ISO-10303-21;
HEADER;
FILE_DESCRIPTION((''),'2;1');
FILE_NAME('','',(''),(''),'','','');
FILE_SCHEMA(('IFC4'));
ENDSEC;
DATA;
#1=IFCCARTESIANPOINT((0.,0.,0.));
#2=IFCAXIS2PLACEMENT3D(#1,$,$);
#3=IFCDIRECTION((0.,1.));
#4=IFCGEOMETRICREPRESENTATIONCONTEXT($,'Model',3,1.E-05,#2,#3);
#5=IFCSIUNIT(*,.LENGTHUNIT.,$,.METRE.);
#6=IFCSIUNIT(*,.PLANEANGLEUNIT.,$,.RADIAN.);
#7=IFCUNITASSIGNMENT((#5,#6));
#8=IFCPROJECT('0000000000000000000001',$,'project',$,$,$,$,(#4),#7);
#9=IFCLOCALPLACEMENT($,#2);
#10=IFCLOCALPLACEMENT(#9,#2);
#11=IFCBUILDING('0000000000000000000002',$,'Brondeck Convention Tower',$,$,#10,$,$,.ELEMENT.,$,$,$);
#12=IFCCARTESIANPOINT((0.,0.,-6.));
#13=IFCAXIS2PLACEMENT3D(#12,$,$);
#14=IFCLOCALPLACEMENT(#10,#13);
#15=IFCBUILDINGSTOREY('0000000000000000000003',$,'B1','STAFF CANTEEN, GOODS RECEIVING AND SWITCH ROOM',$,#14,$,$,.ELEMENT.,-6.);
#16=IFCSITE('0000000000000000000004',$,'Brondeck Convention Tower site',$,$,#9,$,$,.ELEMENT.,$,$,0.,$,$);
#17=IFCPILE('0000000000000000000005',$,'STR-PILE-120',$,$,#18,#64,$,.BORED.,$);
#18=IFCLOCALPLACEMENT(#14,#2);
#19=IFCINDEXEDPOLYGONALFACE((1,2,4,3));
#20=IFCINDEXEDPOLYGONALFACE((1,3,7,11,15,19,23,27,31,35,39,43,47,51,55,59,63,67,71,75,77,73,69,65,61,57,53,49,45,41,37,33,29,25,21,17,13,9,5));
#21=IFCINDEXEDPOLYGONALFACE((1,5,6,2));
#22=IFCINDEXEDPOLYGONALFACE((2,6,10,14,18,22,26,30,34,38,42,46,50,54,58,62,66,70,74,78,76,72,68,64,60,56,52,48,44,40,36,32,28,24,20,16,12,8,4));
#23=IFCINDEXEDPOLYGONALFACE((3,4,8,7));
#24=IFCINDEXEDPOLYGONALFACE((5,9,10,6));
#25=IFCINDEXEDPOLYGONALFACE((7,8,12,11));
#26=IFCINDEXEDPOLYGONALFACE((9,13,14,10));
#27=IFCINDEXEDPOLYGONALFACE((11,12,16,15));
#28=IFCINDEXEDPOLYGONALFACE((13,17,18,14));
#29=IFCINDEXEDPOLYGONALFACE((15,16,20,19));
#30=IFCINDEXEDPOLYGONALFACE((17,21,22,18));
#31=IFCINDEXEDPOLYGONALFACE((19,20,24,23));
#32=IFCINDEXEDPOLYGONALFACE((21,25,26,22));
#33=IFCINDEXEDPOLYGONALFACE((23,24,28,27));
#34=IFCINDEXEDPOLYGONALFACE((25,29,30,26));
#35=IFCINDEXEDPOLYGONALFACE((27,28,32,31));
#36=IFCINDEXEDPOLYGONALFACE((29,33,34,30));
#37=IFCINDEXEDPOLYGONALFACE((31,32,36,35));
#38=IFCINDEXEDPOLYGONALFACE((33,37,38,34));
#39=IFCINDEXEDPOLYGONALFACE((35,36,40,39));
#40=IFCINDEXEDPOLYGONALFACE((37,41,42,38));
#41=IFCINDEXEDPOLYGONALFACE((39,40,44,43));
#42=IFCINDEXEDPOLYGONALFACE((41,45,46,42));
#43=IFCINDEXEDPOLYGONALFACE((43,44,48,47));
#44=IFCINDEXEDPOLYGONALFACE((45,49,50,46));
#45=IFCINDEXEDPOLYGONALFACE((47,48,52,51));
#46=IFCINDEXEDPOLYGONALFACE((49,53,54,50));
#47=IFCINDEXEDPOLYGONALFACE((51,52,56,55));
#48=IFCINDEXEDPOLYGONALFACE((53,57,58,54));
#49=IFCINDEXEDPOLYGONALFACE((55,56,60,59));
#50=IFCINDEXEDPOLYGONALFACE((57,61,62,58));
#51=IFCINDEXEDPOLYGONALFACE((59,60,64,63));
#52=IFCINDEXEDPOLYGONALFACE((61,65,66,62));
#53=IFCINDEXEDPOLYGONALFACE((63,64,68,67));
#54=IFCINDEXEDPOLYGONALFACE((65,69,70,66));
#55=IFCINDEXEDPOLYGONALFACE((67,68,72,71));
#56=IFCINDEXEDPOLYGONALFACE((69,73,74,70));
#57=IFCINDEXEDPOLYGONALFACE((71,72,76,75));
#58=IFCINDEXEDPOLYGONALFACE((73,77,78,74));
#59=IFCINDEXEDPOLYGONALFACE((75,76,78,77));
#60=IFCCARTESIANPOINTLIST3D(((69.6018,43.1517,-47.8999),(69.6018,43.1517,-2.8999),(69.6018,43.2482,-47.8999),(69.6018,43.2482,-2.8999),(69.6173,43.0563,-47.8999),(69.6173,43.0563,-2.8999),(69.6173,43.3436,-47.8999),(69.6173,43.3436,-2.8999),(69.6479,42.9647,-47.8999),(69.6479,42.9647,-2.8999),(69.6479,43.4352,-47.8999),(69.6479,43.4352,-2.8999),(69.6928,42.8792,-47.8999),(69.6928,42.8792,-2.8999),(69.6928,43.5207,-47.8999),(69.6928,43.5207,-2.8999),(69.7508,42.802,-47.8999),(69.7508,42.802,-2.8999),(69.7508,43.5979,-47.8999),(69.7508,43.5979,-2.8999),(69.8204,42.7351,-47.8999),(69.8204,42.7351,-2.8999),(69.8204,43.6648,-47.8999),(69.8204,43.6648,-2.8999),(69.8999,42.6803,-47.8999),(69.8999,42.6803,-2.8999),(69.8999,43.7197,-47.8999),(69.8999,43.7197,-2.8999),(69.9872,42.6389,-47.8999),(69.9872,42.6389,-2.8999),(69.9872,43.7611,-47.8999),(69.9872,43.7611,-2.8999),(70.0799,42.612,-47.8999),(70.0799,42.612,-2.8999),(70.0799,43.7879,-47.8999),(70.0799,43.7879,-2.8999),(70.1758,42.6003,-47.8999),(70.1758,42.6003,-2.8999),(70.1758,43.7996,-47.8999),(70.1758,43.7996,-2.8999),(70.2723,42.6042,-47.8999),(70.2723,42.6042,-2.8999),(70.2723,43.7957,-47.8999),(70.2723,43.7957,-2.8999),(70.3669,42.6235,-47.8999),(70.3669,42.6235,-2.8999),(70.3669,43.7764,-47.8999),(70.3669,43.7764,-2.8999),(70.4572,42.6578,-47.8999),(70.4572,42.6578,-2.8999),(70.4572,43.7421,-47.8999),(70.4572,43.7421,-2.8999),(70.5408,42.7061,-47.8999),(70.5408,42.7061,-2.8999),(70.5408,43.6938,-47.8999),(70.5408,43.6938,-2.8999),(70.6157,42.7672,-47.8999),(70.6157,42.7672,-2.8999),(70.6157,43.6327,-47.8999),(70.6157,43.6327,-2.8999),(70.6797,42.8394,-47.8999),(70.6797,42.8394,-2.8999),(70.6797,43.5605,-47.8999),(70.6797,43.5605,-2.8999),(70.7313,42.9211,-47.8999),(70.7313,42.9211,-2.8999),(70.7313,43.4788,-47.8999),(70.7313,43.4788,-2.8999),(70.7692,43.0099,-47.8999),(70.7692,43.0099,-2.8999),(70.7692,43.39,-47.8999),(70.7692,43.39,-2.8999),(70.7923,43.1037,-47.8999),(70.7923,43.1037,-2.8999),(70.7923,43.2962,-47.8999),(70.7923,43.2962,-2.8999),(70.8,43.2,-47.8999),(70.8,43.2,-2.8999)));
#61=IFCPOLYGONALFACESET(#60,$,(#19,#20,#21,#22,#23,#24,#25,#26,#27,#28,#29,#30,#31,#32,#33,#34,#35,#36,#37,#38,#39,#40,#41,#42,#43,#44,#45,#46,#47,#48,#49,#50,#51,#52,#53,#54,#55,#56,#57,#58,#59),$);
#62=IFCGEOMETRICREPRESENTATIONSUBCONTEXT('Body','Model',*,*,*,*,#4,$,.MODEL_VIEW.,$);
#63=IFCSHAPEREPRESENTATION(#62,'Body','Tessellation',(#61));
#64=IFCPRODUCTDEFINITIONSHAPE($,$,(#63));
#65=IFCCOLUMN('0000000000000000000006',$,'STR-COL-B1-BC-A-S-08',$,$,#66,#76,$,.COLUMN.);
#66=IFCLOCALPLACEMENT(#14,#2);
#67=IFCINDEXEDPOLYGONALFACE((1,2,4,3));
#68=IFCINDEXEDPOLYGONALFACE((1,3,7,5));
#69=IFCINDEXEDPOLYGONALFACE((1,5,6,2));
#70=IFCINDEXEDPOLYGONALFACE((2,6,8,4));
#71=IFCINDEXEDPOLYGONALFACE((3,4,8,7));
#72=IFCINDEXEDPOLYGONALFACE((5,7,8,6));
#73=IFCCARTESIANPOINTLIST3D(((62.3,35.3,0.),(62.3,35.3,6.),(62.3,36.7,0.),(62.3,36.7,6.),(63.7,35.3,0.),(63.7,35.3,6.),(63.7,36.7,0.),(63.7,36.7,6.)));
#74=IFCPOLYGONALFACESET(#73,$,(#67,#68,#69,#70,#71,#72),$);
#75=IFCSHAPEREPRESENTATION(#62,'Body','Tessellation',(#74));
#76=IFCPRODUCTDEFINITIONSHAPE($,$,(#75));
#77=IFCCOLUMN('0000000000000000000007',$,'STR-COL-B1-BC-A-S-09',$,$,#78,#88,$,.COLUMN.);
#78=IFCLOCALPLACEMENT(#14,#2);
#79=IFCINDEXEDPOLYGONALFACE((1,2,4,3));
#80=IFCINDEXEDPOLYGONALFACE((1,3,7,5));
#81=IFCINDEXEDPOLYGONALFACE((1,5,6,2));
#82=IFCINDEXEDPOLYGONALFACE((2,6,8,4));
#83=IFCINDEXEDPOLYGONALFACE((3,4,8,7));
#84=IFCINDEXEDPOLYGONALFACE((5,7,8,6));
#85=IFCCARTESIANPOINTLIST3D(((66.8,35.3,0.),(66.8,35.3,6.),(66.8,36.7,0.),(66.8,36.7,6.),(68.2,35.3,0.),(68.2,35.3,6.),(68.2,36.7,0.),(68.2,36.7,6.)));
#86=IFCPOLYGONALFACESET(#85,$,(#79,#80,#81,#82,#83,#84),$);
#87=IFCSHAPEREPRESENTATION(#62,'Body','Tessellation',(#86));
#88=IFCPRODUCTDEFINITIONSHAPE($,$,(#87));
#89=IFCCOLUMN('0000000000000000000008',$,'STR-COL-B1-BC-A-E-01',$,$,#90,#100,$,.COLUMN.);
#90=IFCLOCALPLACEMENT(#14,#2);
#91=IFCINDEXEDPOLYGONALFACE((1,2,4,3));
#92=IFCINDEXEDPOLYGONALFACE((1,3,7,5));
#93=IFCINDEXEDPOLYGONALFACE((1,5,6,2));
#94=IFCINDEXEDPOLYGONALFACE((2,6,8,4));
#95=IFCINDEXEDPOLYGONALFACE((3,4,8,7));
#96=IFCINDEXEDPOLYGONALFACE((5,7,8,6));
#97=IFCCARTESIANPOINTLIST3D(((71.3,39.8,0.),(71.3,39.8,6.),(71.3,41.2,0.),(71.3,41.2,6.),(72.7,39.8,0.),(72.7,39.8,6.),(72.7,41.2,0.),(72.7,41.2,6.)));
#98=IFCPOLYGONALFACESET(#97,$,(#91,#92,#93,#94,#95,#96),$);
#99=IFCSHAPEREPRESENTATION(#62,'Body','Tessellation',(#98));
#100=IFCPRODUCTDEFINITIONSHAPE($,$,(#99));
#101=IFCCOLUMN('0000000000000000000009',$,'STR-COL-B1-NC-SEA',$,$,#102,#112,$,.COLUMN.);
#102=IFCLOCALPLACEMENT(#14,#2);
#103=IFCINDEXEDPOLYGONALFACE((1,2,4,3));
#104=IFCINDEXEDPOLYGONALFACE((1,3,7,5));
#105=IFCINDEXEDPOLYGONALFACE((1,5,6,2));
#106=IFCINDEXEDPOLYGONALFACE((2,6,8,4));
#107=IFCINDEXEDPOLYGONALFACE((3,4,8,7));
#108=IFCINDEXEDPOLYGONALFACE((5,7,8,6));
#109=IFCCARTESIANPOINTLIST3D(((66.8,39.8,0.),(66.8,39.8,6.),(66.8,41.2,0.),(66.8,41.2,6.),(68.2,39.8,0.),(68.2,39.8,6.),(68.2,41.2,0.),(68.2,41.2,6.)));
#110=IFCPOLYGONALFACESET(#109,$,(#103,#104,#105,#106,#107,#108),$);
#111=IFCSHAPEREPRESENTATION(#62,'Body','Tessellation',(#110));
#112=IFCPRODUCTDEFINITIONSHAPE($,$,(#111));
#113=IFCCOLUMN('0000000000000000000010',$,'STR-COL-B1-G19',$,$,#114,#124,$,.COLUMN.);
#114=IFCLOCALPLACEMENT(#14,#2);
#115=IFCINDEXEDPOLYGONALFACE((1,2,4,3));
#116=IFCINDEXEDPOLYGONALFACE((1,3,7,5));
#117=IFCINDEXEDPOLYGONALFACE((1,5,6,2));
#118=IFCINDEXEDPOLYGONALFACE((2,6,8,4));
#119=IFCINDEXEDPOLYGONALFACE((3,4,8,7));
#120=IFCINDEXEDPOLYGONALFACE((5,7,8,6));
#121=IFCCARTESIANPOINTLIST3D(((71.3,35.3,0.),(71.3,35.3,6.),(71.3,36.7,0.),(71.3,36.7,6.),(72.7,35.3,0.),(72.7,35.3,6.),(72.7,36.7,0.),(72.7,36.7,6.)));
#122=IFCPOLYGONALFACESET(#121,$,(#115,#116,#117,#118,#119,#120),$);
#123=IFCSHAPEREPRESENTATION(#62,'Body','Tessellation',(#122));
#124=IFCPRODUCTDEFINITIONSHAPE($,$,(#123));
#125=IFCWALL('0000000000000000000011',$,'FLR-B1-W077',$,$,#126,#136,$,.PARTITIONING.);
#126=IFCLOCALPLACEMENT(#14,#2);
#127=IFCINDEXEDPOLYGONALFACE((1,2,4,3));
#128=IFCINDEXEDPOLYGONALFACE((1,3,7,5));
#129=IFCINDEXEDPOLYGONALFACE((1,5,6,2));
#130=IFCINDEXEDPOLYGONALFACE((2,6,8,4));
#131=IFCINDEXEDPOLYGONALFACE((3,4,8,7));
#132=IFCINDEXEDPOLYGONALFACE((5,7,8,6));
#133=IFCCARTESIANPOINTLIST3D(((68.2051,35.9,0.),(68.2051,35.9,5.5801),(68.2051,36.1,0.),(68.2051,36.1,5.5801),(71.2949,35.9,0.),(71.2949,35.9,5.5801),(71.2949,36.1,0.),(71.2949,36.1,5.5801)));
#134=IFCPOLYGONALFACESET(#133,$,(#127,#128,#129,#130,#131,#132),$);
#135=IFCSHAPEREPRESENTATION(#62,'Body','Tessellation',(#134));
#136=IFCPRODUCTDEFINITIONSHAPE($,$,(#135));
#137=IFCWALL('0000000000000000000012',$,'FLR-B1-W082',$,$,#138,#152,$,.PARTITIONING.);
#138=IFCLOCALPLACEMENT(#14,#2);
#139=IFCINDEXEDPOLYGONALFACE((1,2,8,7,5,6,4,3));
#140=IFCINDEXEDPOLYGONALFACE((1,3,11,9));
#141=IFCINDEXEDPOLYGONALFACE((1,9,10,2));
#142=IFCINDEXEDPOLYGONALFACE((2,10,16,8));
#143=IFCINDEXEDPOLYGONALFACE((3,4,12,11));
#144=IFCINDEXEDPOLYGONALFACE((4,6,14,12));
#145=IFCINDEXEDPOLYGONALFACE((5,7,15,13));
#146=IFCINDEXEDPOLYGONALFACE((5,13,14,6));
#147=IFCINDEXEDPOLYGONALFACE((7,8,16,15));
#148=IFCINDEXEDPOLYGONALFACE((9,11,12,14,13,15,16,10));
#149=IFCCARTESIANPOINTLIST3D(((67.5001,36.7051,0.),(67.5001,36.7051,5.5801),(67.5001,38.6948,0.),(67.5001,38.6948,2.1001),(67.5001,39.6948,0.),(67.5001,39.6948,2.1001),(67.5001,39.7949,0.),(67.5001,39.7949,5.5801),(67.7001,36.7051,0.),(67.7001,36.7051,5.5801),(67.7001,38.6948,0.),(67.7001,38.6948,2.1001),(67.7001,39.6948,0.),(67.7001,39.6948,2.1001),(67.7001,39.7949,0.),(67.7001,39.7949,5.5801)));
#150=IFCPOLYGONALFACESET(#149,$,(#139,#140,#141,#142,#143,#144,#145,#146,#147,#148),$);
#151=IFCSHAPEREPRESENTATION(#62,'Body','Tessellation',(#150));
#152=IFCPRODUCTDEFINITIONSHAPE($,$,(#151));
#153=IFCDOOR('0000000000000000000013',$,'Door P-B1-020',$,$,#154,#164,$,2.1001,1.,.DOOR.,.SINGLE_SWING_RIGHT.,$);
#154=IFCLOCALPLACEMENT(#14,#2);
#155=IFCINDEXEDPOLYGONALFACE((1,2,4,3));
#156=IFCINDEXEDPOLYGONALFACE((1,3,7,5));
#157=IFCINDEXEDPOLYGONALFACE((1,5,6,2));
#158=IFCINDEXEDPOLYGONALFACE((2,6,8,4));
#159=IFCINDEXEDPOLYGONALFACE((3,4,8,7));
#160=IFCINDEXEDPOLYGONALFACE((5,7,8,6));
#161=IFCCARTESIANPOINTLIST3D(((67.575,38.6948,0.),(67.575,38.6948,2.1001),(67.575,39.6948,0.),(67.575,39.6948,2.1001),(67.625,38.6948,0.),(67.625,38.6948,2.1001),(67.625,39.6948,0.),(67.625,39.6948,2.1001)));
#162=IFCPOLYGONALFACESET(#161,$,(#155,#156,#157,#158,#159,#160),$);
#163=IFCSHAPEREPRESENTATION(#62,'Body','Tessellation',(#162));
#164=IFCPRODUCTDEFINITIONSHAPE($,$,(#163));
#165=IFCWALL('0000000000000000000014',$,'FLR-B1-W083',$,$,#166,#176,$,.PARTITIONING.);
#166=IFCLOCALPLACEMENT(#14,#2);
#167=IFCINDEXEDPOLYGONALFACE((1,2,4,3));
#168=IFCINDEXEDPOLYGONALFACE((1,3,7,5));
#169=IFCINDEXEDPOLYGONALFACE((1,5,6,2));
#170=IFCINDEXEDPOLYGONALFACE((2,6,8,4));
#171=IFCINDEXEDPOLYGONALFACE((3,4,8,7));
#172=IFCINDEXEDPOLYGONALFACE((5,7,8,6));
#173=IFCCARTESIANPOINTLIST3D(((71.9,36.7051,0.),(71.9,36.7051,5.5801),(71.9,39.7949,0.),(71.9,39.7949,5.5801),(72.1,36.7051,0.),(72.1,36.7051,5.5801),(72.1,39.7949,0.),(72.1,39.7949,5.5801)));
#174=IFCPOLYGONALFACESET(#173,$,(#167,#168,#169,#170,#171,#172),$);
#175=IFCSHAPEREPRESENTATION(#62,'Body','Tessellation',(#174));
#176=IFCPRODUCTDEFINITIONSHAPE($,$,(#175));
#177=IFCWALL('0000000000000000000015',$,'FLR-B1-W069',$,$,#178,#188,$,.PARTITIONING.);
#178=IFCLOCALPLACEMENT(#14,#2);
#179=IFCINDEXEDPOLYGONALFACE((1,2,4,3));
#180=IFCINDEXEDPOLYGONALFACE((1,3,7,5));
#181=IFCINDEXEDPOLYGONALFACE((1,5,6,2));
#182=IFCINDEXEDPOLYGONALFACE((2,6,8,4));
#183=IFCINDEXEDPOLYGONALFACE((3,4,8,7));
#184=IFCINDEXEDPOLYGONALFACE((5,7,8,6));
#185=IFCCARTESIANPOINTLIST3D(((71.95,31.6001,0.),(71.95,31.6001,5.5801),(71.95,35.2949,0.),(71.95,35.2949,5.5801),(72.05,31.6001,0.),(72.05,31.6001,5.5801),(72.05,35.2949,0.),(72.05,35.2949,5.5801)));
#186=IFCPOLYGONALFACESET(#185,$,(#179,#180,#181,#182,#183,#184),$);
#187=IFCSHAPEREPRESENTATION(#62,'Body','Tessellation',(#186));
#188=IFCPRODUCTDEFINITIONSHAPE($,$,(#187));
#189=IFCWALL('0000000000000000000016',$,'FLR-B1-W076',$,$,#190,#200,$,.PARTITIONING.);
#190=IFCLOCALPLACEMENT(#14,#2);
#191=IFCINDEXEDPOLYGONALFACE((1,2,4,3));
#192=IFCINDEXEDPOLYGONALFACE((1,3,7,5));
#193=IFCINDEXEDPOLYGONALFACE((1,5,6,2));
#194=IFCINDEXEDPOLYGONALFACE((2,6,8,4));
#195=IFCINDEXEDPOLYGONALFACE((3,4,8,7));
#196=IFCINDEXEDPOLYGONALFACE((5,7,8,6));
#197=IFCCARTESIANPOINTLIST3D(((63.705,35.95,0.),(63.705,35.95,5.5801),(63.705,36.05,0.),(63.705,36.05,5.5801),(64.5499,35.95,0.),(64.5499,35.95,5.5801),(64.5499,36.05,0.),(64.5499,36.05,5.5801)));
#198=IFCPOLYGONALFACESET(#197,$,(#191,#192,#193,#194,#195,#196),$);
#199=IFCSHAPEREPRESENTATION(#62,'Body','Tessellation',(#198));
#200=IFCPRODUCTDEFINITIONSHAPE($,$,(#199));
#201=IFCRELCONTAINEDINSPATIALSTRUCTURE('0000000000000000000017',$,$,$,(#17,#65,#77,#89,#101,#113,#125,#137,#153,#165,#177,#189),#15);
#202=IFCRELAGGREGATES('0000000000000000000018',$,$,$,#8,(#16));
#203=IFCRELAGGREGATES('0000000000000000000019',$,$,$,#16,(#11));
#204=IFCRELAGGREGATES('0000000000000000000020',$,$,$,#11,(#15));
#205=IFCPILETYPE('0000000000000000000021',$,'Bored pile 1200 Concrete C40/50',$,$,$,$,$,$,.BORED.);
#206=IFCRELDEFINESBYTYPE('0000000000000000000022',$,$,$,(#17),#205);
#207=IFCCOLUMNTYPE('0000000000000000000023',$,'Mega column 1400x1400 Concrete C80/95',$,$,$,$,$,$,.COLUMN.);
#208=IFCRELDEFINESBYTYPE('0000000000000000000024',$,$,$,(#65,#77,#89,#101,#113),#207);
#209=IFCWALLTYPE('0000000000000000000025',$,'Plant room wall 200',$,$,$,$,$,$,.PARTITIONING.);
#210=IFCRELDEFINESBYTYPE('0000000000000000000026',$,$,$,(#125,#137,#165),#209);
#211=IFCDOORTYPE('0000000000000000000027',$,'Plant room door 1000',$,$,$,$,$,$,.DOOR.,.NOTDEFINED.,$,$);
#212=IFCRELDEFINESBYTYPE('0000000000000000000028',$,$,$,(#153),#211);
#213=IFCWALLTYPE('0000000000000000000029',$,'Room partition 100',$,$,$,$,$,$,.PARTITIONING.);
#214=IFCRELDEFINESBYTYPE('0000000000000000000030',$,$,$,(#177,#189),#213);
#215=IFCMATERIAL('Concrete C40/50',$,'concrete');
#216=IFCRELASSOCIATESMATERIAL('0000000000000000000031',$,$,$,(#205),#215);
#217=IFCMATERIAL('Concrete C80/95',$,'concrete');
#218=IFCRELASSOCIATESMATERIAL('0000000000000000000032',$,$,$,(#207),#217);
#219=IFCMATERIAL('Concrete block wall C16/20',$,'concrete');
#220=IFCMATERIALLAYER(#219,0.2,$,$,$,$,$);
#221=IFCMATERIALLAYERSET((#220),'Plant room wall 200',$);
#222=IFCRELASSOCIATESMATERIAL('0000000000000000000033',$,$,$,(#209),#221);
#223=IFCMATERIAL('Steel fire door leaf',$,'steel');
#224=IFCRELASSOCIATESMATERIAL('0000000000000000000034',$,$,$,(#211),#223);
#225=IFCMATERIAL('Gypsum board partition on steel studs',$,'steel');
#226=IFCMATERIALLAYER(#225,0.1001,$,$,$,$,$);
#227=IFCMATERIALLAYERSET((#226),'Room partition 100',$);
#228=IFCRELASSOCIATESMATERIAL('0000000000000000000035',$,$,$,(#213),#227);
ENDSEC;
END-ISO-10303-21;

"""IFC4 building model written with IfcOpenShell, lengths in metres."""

from ifc_helpers import new_model, si_unit, direction, frame, frame_2d, origin, origin_2d, place, context, subcontext, project, spatial, rectangle, circle, extrude, material, layer, layer_set, material_profile, profile_set, type_object, element, fill, save


model = new_model("IFC4")

# Units and contexts
model_context = context("Model", 3, precision=1e-05, world=origin(), true_north=direction((0.0, 1.0)))
body_context = subcontext(model_context, "Body", "Model", "MODEL_VIEW")
ifc_project = project(units=[si_unit("LENGTHUNIT", "METRE"), si_unit("PLANEANGLEUNIT", "RADIAN")], contexts=[model_context])

# Site, building, storey
site_placement = place(None, origin())
site = spatial("IfcSite", under=ifc_project, at=site_placement, Name="Brondeck Convention Tower site", CompositionType="ELEMENT", RefElevation=0.0)
building_placement = place(site_placement, origin())
building = spatial("IfcBuilding", under=site, at=building_placement, Name="Brondeck Convention Tower", CompositionType="ELEMENT")
storey_placement = place(building_placement, frame((0.0, 0.0, -6.0)))
storey = spatial("IfcBuildingStorey", under=building, at=storey_placement, Name="B1", Description="STAFF CANTEEN, GOODS RECEIVING AND SWITCH ROOM", CompositionType="ELEMENT", Elevation=-6.0)

# Pile
ifc_material_1 = material(Name="Concrete C40/50", Category="concrete")
ifc_material_profile_1 = material_profile(ifc_material_1, circle(Radius=0.6001, at=origin_2d()), Name="Bored pile 1200 Concrete C40/50")
ifc_profile_set_1 = profile_set([ifc_material_profile_1], Name="Concrete C40/50")
pile_type = type_object("IfcPileType", Name="Bored pile 1200 Concrete C40/50", PredefinedType="BORED", material=ifc_profile_set_1)
for number, where, z_axis, x_axis, name in (
    (1, (70.2, 43.2, -2.8999), (0.0, 0.0, -1.0), (1.0, 0.0, 0.0), "STR-PILE-120"),
):
    element("IfcPile", number, at=place(storey_placement, frame(where, z_axis=z_axis, x_axis=x_axis)), inside=storey, type_object=pile_type, Name=name, PredefinedType="BORED", context=body_context, shape_type="SweptSolid", body=[
        extrude(circle(Radius=0.6001, at=origin_2d()), origin(), (0.0, 0.0, 1.0), 45.0),
    ])

# Columns
ifc_material_2 = material(Name="Concrete C80/95", Category="concrete")
ifc_material_profile_2 = material_profile(ifc_material_2, rectangle(XDim=1.3999, YDim=1.3999, at=origin_2d()), Name="Mega column 1400x1400 Concrete C80/95")
ifc_profile_set_2 = profile_set([ifc_material_profile_2], Name="Concrete C80/95")
column_type = type_object("IfcColumnType", Name="Mega column 1400x1400 Concrete C80/95", PredefinedType="COLUMN", material=ifc_profile_set_2)
for number, where, z_axis, x_axis, name in (
    (2, (63.0, 36.0, 0.0), (0.0, 0.0, 1.0), (1.0, 0.0, 0.0), "STR-COL-B1-BC-A-S-08"),
    (3, (67.5, 36.0, 0.0), (0.0, 0.0, 1.0), (1.0, 0.0, 0.0), "STR-COL-B1-BC-A-S-09"),
    (4, (72.0, 40.5, 0.0), (0.0, 0.0, 1.0), (1.0, 0.0, 0.0), "STR-COL-B1-BC-A-E-01"),
    (5, (67.5, 40.5, 0.0), (0.0, 0.0, 1.0), (1.0, 0.0, 0.0), "STR-COL-B1-NC-SEA"),
    (6, (72.0, 36.0, 0.0), (0.0, 0.0, 1.0), (1.0, 0.0, 0.0), "STR-COL-B1-G19"),
):
    element("IfcColumn", number, at=place(storey_placement, frame(where, z_axis=z_axis, x_axis=x_axis)), inside=storey, type_object=column_type, Name=name, PredefinedType="COLUMN", context=body_context, shape_type="SweptSolid", body=[
        extrude(rectangle(XDim=1.3999, YDim=1.3999, at=origin_2d()), origin(), (0.0, 0.0, 1.0), 6.0),
    ])

# Wall
ifc_material_3 = material(Name="Concrete block wall C16/20", Category="concrete")
ifc_layer_1 = layer(ifc_material_3, 0.2)
ifc_layer_set_1 = layer_set([ifc_layer_1], Name="Plant room wall 200")
wall_type_1 = type_object("IfcWallType", Name="Plant room wall 200", PredefinedType="PARTITIONING", material=ifc_layer_set_1)
wall_1_placement = place(storey_placement, frame((68.2051, 36.0, 0.0), z_axis=(0.0, 0.0, 1.0), x_axis=(1.0, 0.0, 0.0)))
element("IfcWall", 7, at=wall_1_placement, inside=storey, type_object=wall_type_1, Name="FLR-B1-W077", PredefinedType="PARTITIONING", context=body_context, shape_type="SweptSolid", body=[
    extrude(rectangle(XDim=3.0898, YDim=0.2, at=frame_2d((1.5449, 0.0))), origin(), (0.0, 0.0, 1.0), 5.5801),
])

# Wall, opening, door
wall_2_placement = place(storey_placement, frame((67.6001, 39.7949, 0.0), z_axis=(0.0, 0.0, 1.0), x_axis=(0.0, -1.0, 0.0)))
wall_2 = element("IfcWall", 8, at=wall_2_placement, inside=storey, type_object=wall_type_1, Name="FLR-B1-W082", PredefinedType="PARTITIONING", context=body_context, shape_type="SweptSolid", body=[
    extrude(rectangle(XDim=3.0898, YDim=0.2, at=frame_2d((1.5449, 0.0))), origin(), (0.0, 0.0, 1.0), 5.5801),
])
opening_placement = place(wall_2_placement, frame((0.1001, 0.0, 0.0)))
opening = element("IfcOpeningElement", 9, at=opening_placement, cuts=wall_2, PredefinedType="OPENING", context=body_context, shape_type="SweptSolid", body=[
    extrude(rectangle(XDim=1.0, YDim=2.1001, at=frame_2d((0.5, 1.05))), frame((0.0, 0.1099, 0.0), z_axis=(0.0, -1.0, 0.0), x_axis=(1.0, 0.0, 0.0)), (0.0, 0.0, 1.0), 0.22),
])
ifc_material_4 = material(Name="Steel fire door leaf", Category="steel")
door_type = type_object("IfcDoorType", Name="Plant room door 1000", OperationType="NOTDEFINED", PredefinedType="DOOR", material=ifc_material_4)
door_placement = place(opening_placement, origin())
door = element("IfcDoor", 10, at=door_placement, inside=storey, type_object=door_type, Name="Door P-B1-020", OperationType="SINGLE_SWING_RIGHT", OverallHeight=2.1001, OverallWidth=1.0, PredefinedType="DOOR", context=body_context, shape_type="SweptSolid", body=[
    extrude(rectangle(XDim=1.0, YDim=2.1001, at=frame_2d((0.5, 1.05))), frame((0.0, 0.0249, 0.0), z_axis=(0.0, -1.0, 0.0), x_axis=(1.0, 0.0, 0.0)), (0.0, 0.0, 1.0), 0.05),
])
fill(opening, door)

# Walls
wall_3_placement = place(storey_placement, frame((72.0, 39.7949, 0.0), z_axis=(0.0, 0.0, 1.0), x_axis=(0.0, -1.0, 0.0)))
element("IfcWall", 11, at=wall_3_placement, inside=storey, type_object=wall_type_1, Name="FLR-B1-W083", PredefinedType="PARTITIONING", context=body_context, shape_type="SweptSolid", body=[
    extrude(rectangle(XDim=3.0898, YDim=0.2, at=frame_2d((1.5449, 0.0))), origin(), (0.0, 0.0, 1.0), 5.5801),
])
ifc_material_5 = material(Name="Gypsum board partition on steel studs", Category="steel")
ifc_layer_2 = layer(ifc_material_5, 0.1001)
ifc_layer_set_2 = layer_set([ifc_layer_2], Name="Room partition 100")
wall_type_2 = type_object("IfcWallType", Name="Room partition 100", PredefinedType="PARTITIONING", material=ifc_layer_set_2)
wall_4_placement = place(storey_placement, frame((72.0, 35.2949, 0.0), z_axis=(0.0, 0.0, 1.0), x_axis=(0.0, -1.0, 0.0)))
element("IfcWall", 12, at=wall_4_placement, inside=storey, type_object=wall_type_2, Name="FLR-B1-W069", PredefinedType="PARTITIONING", context=body_context, shape_type="SweptSolid", body=[
    extrude(rectangle(XDim=3.6948, YDim=0.1001, at=frame_2d((1.8474, 0.0))), origin(), (0.0, 0.0, 1.0), 5.5801),
])
wall_5_placement = place(storey_placement, frame((63.7051, 36.0, 0.0), z_axis=(0.0, 0.0, 1.0), x_axis=(1.0, 0.0, 0.0)))
element("IfcWall", 13, at=wall_5_placement, inside=storey, type_object=wall_type_2, Name="FLR-B1-W076", PredefinedType="PARTITIONING", context=body_context, shape_type="SweptSolid", body=[
    extrude(rectangle(XDim=0.845, YDim=0.1001, at=frame_2d((0.4224, 0.0))), origin(), (0.0, 0.0, 1.0), 5.5801),
])

save(model, "model.ifc")
